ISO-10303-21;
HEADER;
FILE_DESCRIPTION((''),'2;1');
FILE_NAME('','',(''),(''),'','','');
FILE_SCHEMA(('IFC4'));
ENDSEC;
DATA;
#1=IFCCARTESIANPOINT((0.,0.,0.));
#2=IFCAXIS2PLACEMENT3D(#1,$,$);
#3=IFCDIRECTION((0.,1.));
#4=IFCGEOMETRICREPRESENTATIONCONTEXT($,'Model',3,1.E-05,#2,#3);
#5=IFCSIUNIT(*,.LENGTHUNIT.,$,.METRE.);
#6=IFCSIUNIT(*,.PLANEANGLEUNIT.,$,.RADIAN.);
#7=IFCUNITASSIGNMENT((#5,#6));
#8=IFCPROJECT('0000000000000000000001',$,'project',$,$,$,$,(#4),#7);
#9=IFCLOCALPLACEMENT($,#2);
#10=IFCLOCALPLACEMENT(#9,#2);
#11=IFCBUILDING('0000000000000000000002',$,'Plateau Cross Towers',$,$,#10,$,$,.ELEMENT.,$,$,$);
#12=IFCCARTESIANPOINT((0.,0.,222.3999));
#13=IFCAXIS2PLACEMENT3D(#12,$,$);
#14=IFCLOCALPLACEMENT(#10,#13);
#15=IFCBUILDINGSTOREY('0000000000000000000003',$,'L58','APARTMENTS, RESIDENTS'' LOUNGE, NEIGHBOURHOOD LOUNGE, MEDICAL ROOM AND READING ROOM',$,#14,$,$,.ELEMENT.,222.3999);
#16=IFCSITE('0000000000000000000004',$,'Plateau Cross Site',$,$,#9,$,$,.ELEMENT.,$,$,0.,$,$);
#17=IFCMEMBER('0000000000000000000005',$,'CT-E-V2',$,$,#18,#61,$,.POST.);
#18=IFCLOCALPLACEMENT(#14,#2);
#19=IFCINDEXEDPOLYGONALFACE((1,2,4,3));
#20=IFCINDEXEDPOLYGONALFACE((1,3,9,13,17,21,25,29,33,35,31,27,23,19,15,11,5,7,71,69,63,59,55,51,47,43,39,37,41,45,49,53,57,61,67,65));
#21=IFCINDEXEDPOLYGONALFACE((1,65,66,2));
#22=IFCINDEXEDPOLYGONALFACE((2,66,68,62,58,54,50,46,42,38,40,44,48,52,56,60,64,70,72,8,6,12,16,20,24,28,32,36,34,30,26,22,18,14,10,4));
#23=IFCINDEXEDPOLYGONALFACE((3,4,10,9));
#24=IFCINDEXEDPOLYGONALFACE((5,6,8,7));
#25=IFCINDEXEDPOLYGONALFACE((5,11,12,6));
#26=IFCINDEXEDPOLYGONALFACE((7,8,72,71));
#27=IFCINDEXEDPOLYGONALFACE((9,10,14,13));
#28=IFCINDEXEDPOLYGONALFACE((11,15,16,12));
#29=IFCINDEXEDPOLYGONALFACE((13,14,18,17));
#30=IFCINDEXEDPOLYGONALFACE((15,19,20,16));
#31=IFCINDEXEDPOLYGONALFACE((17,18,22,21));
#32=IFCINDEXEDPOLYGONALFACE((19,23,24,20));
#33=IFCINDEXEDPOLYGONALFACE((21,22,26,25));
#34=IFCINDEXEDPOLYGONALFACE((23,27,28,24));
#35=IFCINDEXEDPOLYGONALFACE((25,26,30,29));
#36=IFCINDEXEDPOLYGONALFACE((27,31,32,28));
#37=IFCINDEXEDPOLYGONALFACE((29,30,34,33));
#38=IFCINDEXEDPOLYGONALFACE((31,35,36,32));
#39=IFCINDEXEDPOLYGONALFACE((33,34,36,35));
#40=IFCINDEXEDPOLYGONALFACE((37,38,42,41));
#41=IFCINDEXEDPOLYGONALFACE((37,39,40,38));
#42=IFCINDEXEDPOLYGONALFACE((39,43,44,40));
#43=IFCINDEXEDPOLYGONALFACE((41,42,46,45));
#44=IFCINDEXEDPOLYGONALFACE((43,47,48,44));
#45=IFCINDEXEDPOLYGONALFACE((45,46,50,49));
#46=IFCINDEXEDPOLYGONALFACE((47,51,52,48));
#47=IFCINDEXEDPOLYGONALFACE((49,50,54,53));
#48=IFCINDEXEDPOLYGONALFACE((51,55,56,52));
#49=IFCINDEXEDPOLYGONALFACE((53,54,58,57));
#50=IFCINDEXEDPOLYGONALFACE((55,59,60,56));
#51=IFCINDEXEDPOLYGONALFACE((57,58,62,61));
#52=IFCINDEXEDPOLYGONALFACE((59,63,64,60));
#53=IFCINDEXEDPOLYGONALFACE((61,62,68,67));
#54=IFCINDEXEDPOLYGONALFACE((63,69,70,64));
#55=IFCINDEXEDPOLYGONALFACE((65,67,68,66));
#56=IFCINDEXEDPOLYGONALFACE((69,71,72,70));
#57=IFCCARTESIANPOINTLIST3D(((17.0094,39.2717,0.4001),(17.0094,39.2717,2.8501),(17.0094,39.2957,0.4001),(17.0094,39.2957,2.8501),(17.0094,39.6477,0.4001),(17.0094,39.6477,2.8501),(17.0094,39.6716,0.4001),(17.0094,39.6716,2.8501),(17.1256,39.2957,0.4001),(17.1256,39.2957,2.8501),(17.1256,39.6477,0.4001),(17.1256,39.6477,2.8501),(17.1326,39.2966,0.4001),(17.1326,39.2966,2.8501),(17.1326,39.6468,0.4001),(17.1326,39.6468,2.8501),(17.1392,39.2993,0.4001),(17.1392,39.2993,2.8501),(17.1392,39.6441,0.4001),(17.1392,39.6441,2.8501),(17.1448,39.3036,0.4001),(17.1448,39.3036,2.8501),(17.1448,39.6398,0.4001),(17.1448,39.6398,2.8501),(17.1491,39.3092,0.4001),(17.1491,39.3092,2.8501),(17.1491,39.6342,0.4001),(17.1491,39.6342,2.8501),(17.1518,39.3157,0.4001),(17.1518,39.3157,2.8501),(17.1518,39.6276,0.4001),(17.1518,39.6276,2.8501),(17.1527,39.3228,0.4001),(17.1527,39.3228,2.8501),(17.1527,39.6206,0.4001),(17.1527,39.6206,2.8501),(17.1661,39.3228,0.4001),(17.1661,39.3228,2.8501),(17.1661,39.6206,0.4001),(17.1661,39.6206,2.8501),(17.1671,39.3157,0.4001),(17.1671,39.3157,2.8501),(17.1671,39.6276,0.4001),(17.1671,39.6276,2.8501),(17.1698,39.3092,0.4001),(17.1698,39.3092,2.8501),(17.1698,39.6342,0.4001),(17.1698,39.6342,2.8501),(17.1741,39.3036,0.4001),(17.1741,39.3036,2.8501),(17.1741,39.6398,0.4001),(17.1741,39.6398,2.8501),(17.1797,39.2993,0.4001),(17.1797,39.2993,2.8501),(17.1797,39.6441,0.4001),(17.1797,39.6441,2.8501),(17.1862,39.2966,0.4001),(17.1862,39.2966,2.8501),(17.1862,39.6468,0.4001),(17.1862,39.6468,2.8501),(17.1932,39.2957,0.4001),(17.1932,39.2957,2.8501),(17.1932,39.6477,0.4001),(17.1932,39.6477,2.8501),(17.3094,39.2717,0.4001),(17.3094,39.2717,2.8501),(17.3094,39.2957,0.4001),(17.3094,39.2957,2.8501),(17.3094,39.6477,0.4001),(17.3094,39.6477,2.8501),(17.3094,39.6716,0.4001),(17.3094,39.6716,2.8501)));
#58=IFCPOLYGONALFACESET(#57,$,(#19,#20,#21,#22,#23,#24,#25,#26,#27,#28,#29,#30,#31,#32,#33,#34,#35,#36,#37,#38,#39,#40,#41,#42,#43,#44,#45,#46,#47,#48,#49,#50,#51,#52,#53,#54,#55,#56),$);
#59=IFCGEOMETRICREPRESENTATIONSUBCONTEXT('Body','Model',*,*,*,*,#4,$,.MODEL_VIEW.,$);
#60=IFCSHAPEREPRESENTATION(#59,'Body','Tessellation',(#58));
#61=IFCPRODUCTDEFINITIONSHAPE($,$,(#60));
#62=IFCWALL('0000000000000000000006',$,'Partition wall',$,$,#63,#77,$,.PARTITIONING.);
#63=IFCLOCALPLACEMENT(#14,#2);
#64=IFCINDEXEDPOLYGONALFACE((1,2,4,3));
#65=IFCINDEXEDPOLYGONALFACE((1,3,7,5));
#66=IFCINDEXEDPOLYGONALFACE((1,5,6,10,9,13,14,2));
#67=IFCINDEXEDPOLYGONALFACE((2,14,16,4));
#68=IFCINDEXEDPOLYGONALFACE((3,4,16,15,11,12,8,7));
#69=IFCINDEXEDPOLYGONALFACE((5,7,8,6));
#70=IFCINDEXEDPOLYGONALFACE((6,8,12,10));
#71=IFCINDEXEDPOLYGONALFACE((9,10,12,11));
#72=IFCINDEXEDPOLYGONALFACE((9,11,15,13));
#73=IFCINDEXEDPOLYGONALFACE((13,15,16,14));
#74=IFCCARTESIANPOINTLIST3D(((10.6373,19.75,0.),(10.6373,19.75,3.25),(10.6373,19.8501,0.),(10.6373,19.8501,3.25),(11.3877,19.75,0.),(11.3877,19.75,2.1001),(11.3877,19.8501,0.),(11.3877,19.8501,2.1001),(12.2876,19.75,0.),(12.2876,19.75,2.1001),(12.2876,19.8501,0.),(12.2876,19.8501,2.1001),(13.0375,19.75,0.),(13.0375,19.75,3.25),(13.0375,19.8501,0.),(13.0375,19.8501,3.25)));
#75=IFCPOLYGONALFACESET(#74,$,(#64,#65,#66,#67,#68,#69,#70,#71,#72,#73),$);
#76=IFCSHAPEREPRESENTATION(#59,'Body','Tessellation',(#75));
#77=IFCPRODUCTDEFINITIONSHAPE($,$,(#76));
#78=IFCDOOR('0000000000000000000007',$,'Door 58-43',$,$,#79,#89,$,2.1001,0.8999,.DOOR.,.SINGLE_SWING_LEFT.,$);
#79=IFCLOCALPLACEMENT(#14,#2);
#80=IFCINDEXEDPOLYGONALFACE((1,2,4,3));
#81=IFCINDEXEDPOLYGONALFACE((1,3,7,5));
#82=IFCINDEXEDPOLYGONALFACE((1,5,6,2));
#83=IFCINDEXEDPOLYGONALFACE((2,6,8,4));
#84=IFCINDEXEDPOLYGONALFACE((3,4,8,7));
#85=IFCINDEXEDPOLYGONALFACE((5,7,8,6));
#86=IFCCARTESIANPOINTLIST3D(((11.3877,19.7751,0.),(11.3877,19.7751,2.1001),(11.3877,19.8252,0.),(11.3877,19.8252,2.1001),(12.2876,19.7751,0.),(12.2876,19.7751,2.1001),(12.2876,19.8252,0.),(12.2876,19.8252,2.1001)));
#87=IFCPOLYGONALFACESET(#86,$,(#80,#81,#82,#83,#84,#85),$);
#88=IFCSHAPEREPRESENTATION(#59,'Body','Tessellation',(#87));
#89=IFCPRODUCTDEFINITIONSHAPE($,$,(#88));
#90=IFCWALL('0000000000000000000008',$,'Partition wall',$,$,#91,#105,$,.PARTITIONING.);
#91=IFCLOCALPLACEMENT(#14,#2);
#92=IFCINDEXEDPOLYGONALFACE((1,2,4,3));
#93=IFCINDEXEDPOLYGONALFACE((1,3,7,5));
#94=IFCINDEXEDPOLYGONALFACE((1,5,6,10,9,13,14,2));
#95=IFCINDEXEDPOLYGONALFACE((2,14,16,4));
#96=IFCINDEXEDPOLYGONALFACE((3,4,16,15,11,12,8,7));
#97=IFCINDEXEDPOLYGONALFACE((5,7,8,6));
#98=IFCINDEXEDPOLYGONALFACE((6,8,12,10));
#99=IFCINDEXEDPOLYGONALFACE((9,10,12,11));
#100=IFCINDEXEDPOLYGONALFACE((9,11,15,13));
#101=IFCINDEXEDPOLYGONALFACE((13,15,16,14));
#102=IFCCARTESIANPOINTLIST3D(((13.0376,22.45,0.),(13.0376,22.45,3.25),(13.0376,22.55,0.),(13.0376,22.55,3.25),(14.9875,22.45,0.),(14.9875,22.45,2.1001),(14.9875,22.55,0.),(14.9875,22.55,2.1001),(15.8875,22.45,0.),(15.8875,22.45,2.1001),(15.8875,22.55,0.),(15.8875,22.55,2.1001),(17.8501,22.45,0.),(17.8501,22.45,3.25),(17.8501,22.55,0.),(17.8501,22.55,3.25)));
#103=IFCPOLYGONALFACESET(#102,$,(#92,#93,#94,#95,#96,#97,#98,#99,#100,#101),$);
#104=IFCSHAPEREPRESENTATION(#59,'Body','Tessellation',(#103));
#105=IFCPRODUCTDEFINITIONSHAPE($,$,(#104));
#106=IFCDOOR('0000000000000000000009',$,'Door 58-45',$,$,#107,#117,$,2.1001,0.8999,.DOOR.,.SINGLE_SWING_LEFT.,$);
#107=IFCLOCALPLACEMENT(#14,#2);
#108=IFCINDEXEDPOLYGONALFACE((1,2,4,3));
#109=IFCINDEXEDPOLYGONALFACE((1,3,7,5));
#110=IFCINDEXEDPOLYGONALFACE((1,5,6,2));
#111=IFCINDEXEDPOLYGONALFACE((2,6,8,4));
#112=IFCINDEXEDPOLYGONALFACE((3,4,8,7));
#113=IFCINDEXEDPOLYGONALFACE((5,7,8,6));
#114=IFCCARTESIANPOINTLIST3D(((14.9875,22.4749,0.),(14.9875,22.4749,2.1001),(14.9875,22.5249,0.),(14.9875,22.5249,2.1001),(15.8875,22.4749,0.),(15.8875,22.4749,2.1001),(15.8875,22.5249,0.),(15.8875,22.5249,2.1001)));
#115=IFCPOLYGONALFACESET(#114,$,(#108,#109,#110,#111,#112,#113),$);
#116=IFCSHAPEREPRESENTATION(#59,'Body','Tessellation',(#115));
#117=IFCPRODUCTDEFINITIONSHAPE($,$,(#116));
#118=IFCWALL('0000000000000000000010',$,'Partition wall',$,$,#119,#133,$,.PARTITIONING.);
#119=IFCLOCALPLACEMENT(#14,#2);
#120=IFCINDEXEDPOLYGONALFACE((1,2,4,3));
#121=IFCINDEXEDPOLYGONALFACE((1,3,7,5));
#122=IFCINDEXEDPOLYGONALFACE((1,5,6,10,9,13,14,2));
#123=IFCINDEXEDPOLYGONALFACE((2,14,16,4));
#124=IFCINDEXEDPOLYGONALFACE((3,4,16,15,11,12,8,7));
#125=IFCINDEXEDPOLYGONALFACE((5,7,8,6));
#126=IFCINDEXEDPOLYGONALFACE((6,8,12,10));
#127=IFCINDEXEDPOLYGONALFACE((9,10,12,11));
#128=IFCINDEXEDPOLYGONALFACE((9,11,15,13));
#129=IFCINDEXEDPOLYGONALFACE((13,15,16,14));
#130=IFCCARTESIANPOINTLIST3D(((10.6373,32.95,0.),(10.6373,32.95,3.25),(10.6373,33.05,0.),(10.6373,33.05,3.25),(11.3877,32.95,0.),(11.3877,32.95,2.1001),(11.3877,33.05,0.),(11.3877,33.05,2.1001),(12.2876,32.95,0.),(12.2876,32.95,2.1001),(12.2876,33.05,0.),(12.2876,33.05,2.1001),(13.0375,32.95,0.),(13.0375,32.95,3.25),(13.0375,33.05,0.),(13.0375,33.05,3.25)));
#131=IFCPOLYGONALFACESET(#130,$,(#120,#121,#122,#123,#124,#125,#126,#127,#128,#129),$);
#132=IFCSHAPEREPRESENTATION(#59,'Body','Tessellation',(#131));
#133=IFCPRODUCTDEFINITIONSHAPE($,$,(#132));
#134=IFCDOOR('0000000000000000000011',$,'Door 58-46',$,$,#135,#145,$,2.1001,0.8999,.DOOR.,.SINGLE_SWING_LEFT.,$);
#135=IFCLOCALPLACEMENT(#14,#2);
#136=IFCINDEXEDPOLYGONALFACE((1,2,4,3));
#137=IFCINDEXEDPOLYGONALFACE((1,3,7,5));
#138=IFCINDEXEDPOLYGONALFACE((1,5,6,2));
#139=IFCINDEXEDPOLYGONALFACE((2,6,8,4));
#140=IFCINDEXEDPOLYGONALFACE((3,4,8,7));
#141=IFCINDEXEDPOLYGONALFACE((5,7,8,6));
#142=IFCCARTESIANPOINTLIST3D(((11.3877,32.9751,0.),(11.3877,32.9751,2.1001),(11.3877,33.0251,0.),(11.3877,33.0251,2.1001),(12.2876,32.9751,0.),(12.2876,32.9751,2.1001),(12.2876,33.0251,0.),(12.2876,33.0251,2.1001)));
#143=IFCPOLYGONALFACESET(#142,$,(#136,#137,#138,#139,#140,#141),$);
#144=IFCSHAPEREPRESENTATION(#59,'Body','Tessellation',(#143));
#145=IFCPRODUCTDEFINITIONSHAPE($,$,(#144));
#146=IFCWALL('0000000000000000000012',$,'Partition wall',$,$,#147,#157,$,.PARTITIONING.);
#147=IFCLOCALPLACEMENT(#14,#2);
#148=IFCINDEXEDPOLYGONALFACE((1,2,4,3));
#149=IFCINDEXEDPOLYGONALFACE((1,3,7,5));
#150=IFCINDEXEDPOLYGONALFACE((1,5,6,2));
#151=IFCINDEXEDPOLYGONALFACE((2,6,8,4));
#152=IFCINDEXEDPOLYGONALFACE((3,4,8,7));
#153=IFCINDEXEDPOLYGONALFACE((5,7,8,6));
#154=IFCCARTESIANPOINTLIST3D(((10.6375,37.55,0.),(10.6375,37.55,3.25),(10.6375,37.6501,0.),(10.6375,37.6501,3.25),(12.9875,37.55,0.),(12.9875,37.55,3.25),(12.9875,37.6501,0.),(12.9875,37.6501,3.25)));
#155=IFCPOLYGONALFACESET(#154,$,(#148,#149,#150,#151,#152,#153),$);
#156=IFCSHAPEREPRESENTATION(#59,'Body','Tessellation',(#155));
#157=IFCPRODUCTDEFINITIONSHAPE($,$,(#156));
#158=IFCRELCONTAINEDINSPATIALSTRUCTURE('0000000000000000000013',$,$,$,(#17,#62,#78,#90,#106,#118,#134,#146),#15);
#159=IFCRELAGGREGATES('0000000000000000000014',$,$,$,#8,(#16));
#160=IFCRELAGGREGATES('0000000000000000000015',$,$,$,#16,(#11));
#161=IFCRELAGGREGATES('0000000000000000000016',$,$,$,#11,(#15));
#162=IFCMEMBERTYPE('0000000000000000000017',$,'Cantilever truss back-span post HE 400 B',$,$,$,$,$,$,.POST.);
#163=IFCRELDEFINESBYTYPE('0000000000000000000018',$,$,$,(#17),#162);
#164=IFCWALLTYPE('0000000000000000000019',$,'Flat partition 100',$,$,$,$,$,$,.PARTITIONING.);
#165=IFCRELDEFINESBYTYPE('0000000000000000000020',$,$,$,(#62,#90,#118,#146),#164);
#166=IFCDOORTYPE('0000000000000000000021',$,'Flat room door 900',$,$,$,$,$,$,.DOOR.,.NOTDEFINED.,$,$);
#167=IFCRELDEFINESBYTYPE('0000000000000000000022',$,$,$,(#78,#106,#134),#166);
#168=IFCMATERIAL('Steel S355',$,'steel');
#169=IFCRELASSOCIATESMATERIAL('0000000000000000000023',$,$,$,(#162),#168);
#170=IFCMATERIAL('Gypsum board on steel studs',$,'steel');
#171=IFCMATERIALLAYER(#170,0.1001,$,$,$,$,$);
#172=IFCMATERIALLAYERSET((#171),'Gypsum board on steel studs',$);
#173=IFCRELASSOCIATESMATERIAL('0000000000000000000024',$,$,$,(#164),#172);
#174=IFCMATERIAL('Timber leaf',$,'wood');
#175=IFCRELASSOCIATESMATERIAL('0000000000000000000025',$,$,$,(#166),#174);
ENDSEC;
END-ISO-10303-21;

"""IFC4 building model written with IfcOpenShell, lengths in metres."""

from ifc_helpers import new_model, si_unit, direction, frame, frame_2d, origin, origin_2d, place, context, subcontext, project, spatial, rectangle, i_section, extrude, material, layer, layer_set, material_profile, profile_set, type_object, element, fill, save


model = new_model("IFC4")

# Units and contexts
model_context = context("Model", 3, precision=1e-05, world=origin(), true_north=direction((0.0, 1.0)))
body_context = subcontext(model_context, "Body", "Model", "MODEL_VIEW")
ifc_project = project(units=[si_unit("LENGTHUNIT", "METRE"), si_unit("PLANEANGLEUNIT", "RADIAN")], contexts=[model_context])

# Site, building, storey
site_placement = place(None, origin())
site = spatial("IfcSite", under=ifc_project, at=site_placement, Name="Plateau Cross Site", CompositionType="ELEMENT", RefElevation=0.0)
building_placement = place(site_placement, origin())
building = spatial("IfcBuilding", under=site, at=building_placement, Name="Plateau Cross Towers", CompositionType="ELEMENT")
storey_placement = place(building_placement, frame((0.0, 0.0, 222.3999)))
storey = spatial("IfcBuildingStorey", under=building, at=storey_placement, Name="L58", Description="APARTMENTS, RESIDENTS' LOUNGE, NEIGHBOURHOOD LOUNGE, MEDICAL ROOM AND READING ROOM", CompositionType="ELEMENT", Elevation=222.3999)

# Member
ifc_material_1 = material(Name="Steel S355", Category="steel")
ifc_material_profile_1 = material_profile(ifc_material_1, i_section(OverallWidth=0.3, OverallDepth=0.3999, WebThickness=0.0134, FlangeThickness=0.0239, FilletRadius=0.0271, at=origin_2d()), Name="HE 400 B")
ifc_profile_set_1 = profile_set([ifc_material_profile_1], Name="Steel S355")
member_type_1 = type_object("IfcMemberType", Name="Cantilever truss back-span post HE 400 B", PredefinedType="POST", material=ifc_profile_set_1)
for number, where, z_axis, x_axis, name in (
    (1, (17.1594, 39.4717, 0.4001), (0.0, 0.0, 1.0), (1.0, 0.0, 0.0), "CT-E-V2"),
):
    element("IfcMember", number, at=place(storey_placement, frame(where, z_axis=z_axis, x_axis=x_axis)), inside=storey, type_object=member_type_1, Name=name, PredefinedType="POST", context=body_context, shape_type="SweptSolid", body=[
        extrude(i_section(OverallWidth=0.3, OverallDepth=0.3999, WebThickness=0.0134, FlangeThickness=0.0239, FilletRadius=0.0271, at=origin_2d()), origin(), (0.0, 0.0, 1.0), 2.45),
    ])

# Walls, openings, doors
ifc_material_2 = material(Name="Gypsum board on steel studs", Category="steel")
ifc_layer_1 = layer(ifc_material_2, 0.1001)
ifc_layer_set_1 = layer_set([ifc_layer_1], Name="Gypsum board on steel studs")
wall_type_1 = type_object("IfcWallType", Name="Flat partition 100", PredefinedType="PARTITIONING", material=ifc_layer_set_1)
wall_1_placement = place(storey_placement, frame((13.0376, 19.8, 0.0), z_axis=(0.0, 0.0, 1.0), x_axis=(-1.0, 0.0, 0.0)))
wall_1 = element("IfcWall", 2, at=wall_1_placement, inside=storey, type_object=wall_type_1, Name="Partition wall", PredefinedType="PARTITIONING", context=body_context, shape_type="SweptSolid", body=[
    extrude(rectangle(XDim=2.4001, YDim=0.1001, at=frame_2d((1.2002, 0.0))), origin(), (0.0, 0.0, 1.0), 3.25),
])
opening_1_placement = place(wall_1_placement, frame((0.75, 0.0, 0.0)))
opening_1 = element("IfcOpeningElement", 3, at=opening_1_placement, cuts=wall_1, PredefinedType="OPENING", context=body_context, shape_type="SweptSolid", body=[
    extrude(rectangle(XDim=0.8999, YDim=2.1001, at=frame_2d((0.45, 1.05))), frame((0.0, 0.0601, 0.0), z_axis=(0.0, -1.0, 0.0), x_axis=(1.0, 0.0, 0.0)), (0.0, 0.0, 1.0), 0.1201),
])
ifc_material_3 = material(Name="Timber leaf", Category="wood")
door_type_1 = type_object("IfcDoorType", Name="Flat room door 900", OperationType="NOTDEFINED", PredefinedType="DOOR", material=ifc_material_3)
door_1_placement = place(opening_1_placement, origin())
door_1 = element("IfcDoor", 4, at=door_1_placement, inside=storey, type_object=door_type_1, Name="Door 58-43", OperationType="SINGLE_SWING_LEFT", OverallHeight=2.1001, OverallWidth=0.8999, PredefinedType="DOOR", context=body_context, shape_type="SweptSolid", body=[
    extrude(rectangle(XDim=0.8999, YDim=2.1001, at=frame_2d((0.45, 1.05))), frame((0.0, 0.0249, 0.0), z_axis=(0.0, -1.0, 0.0), x_axis=(1.0, 0.0, 0.0)), (0.0, 0.0, 1.0), 0.05),
])
fill(opening_1, door_1)
wall_2_placement = place(storey_placement, frame((13.0376, 22.5, 0.0), z_axis=(0.0, 0.0, 1.0), x_axis=(1.0, 0.0, 0.0)))
wall_2 = element("IfcWall", 5, at=wall_2_placement, inside=storey, type_object=wall_type_1, Name="Partition wall", PredefinedType="PARTITIONING", context=body_context, shape_type="SweptSolid", body=[
    extrude(rectangle(XDim=4.8125, YDim=0.1001, at=frame_2d((2.4062, 0.0))), origin(), (0.0, 0.0, 1.0), 3.25),
])
opening_2_placement = place(wall_2_placement, frame((1.95, 0.0, 0.0)))
opening_2 = element("IfcOpeningElement", 6, at=opening_2_placement, cuts=wall_2, PredefinedType="OPENING", context=body_context, shape_type="SweptSolid", body=[
    extrude(rectangle(XDim=0.8999, YDim=2.1001, at=frame_2d((0.45, 1.05))), frame((0.0, 0.0601, 0.0), z_axis=(0.0, -1.0, 0.0), x_axis=(1.0, 0.0, 0.0)), (0.0, 0.0, 1.0), 0.1201),
])
door_2_placement = place(opening_2_placement, origin())
door_2 = element("IfcDoor", 7, at=door_2_placement, inside=storey, type_object=door_type_1, Name="Door 58-45", OperationType="SINGLE_SWING_LEFT", OverallHeight=2.1001, OverallWidth=0.8999, PredefinedType="DOOR", context=body_context, shape_type="SweptSolid", body=[
    extrude(rectangle(XDim=0.8999, YDim=2.1001, at=frame_2d((0.45, 1.05))), frame((0.0, 0.0249, 0.0), z_axis=(0.0, -1.0, 0.0), x_axis=(1.0, 0.0, 0.0)), (0.0, 0.0, 1.0), 0.05),
])
fill(opening_2, door_2)
wall_3_placement = place(storey_placement, frame((13.0376, 33.0, 0.0), z_axis=(0.0, 0.0, 1.0), x_axis=(-1.0, 0.0, 0.0)))
wall_3 = element("IfcWall", 8, at=wall_3_placement, inside=storey, type_object=wall_type_1, Name="Partition wall", PredefinedType="PARTITIONING", context=body_context, shape_type="SweptSolid", body=[
    extrude(rectangle(XDim=2.4001, YDim=0.1001, at=frame_2d((1.2002, 0.0))), origin(), (0.0, 0.0, 1.0), 3.25),
])
opening_3_placement = place(wall_3_placement, frame((0.75, 0.0, 0.0)))
opening_3 = element("IfcOpeningElement", 9, at=opening_3_placement, cuts=wall_3, PredefinedType="OPENING", context=body_context, shape_type="SweptSolid", body=[
    extrude(rectangle(XDim=0.8999, YDim=2.1001, at=frame_2d((0.45, 1.05))), frame((0.0, 0.0601, 0.0), z_axis=(0.0, -1.0, 0.0), x_axis=(1.0, 0.0, 0.0)), (0.0, 0.0, 1.0), 0.1201),
])
door_3_placement = place(opening_3_placement, origin())
door_3 = element("IfcDoor", 10, at=door_3_placement, inside=storey, type_object=door_type_1, Name="Door 58-46", OperationType="SINGLE_SWING_LEFT", OverallHeight=2.1001, OverallWidth=0.8999, PredefinedType="DOOR", context=body_context, shape_type="SweptSolid", body=[
    extrude(rectangle(XDim=0.8999, YDim=2.1001, at=frame_2d((0.45, 1.05))), frame((0.0, 0.0249, 0.0), z_axis=(0.0, -1.0, 0.0), x_axis=(1.0, 0.0, 0.0)), (0.0, 0.0, 1.0), 0.05),
])
fill(opening_3, door_3)

# Wall
wall_4_placement = place(storey_placement, frame((12.9875, 37.6001, 0.0), z_axis=(0.0, 0.0, 1.0), x_axis=(-1.0, 0.0, 0.0)))
element("IfcWall", 11, at=wall_4_placement, inside=storey, type_object=wall_type_1, Name="Partition wall", PredefinedType="PARTITIONING", context=body_context, shape_type="SweptSolid", body=[
    extrude(rectangle(XDim=2.3501, YDim=0.1001, at=frame_2d((1.175, 0.0))), origin(), (0.0, 0.0, 1.0), 3.25),
])

save(model, "model.ifc")
